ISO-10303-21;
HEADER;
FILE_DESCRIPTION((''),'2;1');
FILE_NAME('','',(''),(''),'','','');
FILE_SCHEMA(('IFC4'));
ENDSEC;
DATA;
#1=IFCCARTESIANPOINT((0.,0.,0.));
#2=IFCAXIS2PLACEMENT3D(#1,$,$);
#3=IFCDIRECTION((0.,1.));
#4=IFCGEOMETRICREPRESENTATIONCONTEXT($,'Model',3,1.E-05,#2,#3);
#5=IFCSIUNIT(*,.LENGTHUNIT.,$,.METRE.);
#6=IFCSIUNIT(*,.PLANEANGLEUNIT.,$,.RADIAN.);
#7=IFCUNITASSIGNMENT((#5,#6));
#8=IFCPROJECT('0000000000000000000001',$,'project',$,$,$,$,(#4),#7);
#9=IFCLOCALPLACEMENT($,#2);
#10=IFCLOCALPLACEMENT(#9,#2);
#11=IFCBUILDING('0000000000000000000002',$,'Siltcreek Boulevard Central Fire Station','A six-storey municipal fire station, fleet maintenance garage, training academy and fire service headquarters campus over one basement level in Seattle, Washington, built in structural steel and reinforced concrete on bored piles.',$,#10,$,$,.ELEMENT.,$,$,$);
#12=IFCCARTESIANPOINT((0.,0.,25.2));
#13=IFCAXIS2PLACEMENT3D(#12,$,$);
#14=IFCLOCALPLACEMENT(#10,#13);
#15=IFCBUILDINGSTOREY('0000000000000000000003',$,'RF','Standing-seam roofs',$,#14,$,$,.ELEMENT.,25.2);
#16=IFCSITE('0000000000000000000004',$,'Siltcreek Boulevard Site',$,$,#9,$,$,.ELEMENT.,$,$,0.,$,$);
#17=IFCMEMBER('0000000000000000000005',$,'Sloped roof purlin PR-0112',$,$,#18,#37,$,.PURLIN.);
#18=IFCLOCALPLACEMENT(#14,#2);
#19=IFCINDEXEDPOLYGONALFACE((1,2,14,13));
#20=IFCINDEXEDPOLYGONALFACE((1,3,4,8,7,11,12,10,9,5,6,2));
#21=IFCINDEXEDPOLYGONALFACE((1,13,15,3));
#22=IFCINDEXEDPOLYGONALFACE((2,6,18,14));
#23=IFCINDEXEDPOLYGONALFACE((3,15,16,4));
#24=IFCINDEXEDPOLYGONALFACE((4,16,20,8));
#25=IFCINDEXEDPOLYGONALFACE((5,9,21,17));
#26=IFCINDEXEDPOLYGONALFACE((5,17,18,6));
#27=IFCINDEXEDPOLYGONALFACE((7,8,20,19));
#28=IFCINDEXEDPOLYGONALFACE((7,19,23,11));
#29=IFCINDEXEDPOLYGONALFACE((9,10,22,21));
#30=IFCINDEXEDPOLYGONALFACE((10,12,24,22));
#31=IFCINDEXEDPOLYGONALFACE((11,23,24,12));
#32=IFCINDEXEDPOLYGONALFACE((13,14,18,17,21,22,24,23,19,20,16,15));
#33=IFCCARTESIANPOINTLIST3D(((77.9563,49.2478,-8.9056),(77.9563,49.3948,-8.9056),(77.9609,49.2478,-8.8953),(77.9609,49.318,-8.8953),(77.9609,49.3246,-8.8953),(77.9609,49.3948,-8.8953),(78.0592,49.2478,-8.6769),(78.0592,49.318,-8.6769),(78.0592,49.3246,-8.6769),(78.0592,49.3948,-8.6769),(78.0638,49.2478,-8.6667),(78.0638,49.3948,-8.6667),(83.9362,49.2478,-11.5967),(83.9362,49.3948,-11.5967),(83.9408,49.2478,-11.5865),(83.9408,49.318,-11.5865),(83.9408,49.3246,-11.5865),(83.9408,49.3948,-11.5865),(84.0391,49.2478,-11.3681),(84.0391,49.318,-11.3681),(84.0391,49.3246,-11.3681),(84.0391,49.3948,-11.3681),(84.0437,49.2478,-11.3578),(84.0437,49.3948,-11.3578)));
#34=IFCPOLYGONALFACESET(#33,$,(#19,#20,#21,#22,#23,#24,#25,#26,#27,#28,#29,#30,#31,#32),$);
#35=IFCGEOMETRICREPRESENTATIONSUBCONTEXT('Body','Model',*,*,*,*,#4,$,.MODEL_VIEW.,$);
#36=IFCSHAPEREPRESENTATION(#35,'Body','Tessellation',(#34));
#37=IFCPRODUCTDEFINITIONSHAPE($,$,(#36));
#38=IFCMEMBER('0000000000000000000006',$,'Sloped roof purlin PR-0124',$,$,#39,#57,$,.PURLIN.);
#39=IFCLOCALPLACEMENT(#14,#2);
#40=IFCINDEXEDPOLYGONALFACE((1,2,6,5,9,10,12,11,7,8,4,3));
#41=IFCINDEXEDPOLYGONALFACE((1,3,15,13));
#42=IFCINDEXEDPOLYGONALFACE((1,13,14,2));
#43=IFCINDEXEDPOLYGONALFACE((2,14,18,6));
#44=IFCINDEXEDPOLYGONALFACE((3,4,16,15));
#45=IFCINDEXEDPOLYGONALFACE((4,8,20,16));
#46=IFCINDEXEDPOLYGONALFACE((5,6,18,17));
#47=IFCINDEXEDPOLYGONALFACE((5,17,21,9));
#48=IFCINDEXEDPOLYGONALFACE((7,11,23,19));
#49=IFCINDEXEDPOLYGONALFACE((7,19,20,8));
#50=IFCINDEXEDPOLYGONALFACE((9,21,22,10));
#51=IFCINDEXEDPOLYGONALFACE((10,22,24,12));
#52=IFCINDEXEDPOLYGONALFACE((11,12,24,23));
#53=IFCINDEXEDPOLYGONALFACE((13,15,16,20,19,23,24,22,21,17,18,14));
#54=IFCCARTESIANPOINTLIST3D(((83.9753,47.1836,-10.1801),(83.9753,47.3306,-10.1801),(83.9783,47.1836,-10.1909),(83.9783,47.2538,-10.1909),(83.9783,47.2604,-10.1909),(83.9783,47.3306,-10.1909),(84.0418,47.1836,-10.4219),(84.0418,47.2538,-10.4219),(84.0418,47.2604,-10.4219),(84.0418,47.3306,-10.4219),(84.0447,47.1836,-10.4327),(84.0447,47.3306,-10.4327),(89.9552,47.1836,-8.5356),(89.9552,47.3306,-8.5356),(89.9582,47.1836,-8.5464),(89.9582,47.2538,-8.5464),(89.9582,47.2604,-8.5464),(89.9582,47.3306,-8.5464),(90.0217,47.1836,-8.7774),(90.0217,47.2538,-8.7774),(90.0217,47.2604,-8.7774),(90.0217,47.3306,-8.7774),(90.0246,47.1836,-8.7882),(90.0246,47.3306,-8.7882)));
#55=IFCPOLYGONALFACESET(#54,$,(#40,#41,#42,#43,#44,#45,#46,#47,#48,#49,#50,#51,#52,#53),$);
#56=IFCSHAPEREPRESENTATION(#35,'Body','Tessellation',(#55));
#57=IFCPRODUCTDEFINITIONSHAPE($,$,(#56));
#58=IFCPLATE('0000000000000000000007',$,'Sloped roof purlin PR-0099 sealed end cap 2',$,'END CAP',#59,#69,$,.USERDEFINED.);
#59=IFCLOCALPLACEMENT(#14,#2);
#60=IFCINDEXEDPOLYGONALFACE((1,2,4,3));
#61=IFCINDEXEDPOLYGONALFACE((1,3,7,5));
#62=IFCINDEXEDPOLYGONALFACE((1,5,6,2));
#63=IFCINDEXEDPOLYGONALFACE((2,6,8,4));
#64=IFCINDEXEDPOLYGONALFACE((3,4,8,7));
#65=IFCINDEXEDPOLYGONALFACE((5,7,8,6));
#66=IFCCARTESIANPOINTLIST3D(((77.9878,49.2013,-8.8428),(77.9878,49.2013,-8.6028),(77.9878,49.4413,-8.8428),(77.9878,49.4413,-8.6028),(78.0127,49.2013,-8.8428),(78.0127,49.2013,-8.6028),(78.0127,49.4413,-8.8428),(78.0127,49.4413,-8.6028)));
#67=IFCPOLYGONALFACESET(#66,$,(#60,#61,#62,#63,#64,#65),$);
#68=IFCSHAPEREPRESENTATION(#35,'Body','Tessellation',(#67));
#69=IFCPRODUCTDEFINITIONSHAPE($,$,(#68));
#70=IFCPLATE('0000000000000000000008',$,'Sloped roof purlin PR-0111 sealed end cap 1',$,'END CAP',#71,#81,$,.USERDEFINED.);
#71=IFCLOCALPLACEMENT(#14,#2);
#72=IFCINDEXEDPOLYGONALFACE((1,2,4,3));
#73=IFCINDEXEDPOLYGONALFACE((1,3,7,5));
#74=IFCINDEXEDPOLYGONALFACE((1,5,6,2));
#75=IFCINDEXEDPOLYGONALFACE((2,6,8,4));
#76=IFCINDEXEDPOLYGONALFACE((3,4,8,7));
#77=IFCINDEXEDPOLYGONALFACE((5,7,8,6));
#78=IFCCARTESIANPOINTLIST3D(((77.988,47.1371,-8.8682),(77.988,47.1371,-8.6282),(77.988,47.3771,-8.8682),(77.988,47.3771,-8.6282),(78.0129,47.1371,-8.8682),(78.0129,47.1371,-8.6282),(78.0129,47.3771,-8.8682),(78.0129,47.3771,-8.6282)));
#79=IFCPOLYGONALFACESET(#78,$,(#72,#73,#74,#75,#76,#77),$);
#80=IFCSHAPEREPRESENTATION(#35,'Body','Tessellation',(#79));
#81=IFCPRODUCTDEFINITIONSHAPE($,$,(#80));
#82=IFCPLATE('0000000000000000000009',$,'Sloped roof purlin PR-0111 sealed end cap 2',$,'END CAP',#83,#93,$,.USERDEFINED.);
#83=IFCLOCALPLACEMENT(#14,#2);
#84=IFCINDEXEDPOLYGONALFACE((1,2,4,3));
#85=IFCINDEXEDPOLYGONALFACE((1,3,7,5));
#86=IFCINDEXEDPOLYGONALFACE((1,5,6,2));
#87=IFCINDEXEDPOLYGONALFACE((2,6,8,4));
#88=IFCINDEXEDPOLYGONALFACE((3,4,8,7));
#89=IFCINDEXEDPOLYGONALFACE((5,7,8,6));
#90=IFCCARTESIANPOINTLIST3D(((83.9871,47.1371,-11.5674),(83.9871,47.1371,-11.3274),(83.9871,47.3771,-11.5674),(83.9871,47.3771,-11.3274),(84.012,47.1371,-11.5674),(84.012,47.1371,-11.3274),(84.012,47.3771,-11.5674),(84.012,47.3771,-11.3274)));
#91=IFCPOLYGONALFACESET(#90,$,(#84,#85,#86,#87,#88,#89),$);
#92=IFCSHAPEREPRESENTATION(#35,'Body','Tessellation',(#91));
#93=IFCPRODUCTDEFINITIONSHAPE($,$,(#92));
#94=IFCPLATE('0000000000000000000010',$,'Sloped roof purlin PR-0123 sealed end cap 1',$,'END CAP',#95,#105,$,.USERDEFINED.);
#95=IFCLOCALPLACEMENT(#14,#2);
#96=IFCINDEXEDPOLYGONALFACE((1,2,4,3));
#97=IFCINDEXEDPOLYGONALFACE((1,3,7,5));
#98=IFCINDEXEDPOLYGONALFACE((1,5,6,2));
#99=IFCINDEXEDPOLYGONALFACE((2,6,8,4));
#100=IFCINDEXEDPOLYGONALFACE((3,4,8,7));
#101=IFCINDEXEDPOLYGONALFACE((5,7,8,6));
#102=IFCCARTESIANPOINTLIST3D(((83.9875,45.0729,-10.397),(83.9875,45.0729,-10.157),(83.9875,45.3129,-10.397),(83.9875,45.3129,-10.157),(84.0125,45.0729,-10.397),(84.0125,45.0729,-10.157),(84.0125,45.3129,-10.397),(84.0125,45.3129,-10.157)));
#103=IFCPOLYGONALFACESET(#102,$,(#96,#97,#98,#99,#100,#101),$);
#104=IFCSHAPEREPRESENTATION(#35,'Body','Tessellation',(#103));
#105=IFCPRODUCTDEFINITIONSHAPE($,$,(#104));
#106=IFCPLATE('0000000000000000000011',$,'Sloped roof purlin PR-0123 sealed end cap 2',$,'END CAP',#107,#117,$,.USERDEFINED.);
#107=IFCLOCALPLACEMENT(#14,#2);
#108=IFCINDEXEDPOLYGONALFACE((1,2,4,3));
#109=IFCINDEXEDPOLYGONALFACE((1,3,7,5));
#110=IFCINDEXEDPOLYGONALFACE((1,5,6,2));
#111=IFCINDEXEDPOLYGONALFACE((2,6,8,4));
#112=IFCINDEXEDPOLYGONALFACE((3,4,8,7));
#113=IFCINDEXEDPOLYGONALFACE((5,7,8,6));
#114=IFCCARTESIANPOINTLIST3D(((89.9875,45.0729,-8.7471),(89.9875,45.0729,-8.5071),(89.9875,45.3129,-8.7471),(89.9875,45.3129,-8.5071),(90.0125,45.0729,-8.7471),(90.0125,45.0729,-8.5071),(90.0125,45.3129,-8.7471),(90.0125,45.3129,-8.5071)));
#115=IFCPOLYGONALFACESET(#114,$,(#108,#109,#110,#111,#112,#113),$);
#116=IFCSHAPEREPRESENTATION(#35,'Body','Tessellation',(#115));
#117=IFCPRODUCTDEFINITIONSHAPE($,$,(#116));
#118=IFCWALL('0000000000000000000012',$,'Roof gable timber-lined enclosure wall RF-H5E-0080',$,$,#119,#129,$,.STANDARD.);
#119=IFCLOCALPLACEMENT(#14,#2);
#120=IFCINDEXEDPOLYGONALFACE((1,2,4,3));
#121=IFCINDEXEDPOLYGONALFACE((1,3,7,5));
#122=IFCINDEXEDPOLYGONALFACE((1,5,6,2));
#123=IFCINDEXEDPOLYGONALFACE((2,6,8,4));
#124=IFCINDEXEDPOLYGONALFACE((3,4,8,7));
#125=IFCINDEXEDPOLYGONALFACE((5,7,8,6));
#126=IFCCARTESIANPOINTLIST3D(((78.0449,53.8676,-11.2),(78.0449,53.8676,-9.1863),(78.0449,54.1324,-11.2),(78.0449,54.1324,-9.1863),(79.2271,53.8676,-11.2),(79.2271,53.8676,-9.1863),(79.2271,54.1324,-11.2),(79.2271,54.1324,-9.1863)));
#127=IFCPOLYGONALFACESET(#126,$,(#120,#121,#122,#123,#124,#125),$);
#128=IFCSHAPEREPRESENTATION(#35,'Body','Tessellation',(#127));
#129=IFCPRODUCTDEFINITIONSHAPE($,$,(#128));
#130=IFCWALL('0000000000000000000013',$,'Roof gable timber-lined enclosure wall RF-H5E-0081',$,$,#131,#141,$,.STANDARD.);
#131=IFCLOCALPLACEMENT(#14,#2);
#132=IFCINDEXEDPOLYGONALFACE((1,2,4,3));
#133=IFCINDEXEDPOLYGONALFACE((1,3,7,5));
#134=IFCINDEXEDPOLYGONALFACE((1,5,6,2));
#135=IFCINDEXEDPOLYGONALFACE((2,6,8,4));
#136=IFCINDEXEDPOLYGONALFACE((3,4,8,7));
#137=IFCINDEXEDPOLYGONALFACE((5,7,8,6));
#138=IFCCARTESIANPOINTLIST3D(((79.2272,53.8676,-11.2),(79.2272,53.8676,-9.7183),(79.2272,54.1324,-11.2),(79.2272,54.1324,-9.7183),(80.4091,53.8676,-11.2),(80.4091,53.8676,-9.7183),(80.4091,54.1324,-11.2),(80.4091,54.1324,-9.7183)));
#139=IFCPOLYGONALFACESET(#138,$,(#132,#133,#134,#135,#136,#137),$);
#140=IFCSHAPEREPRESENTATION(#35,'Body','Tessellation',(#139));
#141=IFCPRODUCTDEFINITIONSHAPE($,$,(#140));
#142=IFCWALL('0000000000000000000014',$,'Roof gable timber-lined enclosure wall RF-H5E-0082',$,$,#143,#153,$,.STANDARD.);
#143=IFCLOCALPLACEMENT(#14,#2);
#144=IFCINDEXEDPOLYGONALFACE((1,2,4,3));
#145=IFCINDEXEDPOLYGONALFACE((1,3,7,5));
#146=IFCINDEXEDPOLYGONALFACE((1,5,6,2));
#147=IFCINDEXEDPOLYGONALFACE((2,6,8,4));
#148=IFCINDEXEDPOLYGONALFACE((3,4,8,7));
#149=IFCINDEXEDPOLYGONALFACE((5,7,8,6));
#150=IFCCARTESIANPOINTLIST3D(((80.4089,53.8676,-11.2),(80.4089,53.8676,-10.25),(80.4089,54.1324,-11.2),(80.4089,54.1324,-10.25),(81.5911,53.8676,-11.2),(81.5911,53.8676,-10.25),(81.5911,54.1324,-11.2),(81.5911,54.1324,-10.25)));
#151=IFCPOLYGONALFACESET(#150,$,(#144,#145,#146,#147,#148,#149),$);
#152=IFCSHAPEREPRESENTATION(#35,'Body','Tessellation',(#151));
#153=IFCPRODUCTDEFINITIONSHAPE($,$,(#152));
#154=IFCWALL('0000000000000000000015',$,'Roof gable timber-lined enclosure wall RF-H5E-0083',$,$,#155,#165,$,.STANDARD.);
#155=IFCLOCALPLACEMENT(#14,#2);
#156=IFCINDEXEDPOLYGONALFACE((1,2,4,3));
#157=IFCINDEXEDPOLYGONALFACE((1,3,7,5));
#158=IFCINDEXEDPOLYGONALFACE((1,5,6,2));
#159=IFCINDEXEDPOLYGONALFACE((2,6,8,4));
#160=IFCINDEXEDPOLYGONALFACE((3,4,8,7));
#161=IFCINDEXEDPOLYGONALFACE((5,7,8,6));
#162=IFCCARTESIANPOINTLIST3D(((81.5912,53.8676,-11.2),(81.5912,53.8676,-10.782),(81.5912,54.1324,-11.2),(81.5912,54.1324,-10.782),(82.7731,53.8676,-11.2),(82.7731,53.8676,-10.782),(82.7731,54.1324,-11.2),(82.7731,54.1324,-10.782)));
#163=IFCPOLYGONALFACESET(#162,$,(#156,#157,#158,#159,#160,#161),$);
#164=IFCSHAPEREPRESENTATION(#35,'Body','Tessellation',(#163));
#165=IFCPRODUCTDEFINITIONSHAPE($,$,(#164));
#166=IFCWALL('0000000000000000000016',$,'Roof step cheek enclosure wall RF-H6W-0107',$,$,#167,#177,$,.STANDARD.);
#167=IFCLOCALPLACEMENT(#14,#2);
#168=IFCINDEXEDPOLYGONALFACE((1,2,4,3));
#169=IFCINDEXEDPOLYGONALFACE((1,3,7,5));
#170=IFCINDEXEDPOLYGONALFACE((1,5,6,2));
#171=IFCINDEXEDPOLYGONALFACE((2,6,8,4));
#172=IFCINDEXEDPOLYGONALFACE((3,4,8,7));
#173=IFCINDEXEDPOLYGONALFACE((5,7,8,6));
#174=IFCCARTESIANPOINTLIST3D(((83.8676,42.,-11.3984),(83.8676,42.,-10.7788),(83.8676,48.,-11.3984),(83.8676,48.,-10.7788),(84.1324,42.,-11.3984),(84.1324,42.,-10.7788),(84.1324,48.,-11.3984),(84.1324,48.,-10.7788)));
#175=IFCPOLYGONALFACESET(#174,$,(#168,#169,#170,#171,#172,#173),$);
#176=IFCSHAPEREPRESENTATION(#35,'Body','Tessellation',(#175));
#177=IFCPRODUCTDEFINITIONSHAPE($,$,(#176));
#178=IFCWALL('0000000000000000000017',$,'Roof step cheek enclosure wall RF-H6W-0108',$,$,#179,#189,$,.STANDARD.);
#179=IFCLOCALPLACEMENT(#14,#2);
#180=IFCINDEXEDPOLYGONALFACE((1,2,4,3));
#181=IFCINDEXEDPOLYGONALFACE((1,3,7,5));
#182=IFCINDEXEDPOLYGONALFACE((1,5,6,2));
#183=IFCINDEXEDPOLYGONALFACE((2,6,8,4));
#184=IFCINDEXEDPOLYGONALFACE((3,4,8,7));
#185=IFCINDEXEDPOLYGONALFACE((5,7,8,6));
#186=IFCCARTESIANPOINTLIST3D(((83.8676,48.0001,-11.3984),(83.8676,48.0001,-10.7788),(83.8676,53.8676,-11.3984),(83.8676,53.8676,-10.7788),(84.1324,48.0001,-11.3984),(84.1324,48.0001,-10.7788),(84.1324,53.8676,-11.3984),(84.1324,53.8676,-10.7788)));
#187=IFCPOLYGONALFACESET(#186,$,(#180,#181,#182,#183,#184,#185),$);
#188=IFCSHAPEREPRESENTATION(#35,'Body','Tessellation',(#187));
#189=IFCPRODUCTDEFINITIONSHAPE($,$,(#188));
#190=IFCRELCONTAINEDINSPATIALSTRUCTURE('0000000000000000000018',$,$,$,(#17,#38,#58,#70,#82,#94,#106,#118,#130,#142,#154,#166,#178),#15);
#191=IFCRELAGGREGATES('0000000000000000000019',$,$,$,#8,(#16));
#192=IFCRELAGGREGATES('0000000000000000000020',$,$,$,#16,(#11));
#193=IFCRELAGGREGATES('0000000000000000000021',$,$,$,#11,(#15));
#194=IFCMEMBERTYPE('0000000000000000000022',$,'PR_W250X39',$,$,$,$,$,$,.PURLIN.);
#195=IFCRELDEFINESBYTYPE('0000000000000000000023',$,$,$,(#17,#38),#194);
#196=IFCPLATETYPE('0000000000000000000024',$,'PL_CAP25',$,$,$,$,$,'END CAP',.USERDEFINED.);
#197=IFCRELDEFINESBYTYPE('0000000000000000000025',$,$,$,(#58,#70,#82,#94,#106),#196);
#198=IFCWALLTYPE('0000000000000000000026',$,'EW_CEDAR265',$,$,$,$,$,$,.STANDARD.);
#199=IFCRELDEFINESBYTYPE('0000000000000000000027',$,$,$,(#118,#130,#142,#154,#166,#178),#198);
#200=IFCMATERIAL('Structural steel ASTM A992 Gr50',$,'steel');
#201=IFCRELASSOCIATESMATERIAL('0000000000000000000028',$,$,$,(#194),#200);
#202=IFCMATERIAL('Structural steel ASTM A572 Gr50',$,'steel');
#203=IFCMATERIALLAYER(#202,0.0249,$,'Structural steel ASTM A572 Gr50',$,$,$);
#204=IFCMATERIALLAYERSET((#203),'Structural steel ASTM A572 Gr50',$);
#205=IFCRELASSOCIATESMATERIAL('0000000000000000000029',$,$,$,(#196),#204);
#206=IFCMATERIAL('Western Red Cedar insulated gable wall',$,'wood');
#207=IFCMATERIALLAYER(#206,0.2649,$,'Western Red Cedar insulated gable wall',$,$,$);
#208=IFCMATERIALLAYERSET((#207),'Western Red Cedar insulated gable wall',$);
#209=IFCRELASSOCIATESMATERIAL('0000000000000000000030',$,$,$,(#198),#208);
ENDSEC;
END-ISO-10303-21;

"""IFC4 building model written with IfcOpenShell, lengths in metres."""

from ifc_helpers import new_model, si_unit, direction, frame, frame_2d, origin, origin_2d, place, context, subcontext, project, spatial, rectangle, i_section, extrude, material, layer, layer_set, material_profile, profile_set, type_object, element, save


model = new_model("IFC4")

# Units and contexts
model_context = context("Model", 3, precision=1e-05, world=origin(), true_north=direction((0.0, 1.0)))
body_context = subcontext(model_context, "Body", "Model", "MODEL_VIEW")
ifc_project = project(units=[si_unit("LENGTHUNIT", "METRE"), si_unit("PLANEANGLEUNIT", "RADIAN")], contexts=[model_context])

# Site, building, storey
site_placement = place(None, origin())
site = spatial("IfcSite", under=ifc_project, at=site_placement, Name="Siltcreek Boulevard Site", CompositionType="ELEMENT", RefElevation=0.0)
building_placement = place(site_placement, origin())
building = spatial("IfcBuilding", under=site, at=building_placement, Name="Siltcreek Boulevard Central Fire Station", Description="A six-storey municipal fire station, fleet maintenance garage, training academy and fire service headquarters campus over one basement level in Seattle, Washington, built in structural steel and reinforced concrete on bored piles.", CompositionType="ELEMENT")
storey_placement = place(building_placement, frame((0.0, 0.0, 25.2)))
storey = spatial("IfcBuildingStorey", under=building, at=storey_placement, Name="RF", Description="Standing-seam roofs", CompositionType="ELEMENT", Elevation=25.2)

# Members
ifc_material_1 = material(Name="Structural steel ASTM A992 Gr50", Category="steel")
ifc_material_profile_1 = material_profile(ifc_material_1, i_section(OverallWidth=0.147, OverallDepth=0.262, WebThickness=0.0066, FlangeThickness=0.0112, at=origin_2d()), Name="W250X39")
ifc_profile_set_1 = profile_set([ifc_material_profile_1], Name="Structural steel ASTM A992 Gr50")
member_type_1 = type_object("IfcMemberType", Name="PR_W250X39", PredefinedType="PURLIN", material=ifc_profile_set_1)
member_1_placement = place(storey_placement, frame((78.01, 49.3213, -8.7861), z_axis=(0.911912, 0.0, -0.410386), x_axis=(0.0, 1.0, 0.0)))
element("IfcMember", 1, at=member_1_placement, inside=storey, type_object=member_type_1, Name="Sloped roof purlin PR-0112", PredefinedType="PURLIN", context=body_context, shape_type="SweptSolid", body=[
    extrude(i_section(OverallWidth=0.147, OverallDepth=0.262, WebThickness=0.0066, FlangeThickness=0.0112, at=origin_2d()), origin(), (0.0, 0.0, 1.0), 6.5576),
])
member_2_placement = place(storey_placement, frame((84.01, 47.2571, -10.3064), z_axis=(0.964204, 0.0, 0.265162), x_axis=(0.0, 1.0, 0.0)))
element("IfcMember", 2, at=member_2_placement, inside=storey, type_object=member_type_1, Name="Sloped roof purlin PR-0124", PredefinedType="PURLIN", context=body_context, shape_type="SweptSolid", body=[
    extrude(i_section(OverallWidth=0.147, OverallDepth=0.262, WebThickness=0.0066, FlangeThickness=0.0112, at=origin_2d()), origin(), (0.0, 0.0, 1.0), 6.2019),
])

# Plates
ifc_material_2 = material(Name="Structural steel ASTM A572 Gr50", Category="steel")
ifc_layer_1 = layer(ifc_material_2, 0.0249, Name="Structural steel ASTM A572 Gr50")
ifc_layer_set_1 = layer_set([ifc_layer_1], Name="Structural steel ASTM A572 Gr50")
plate_type = type_object("IfcPlateType", Name="PL_CAP25", ElementType="END CAP", PredefinedType="USERDEFINED", material=ifc_layer_set_1)
for number, where, z_axis, x_axis, name in (
    (3, (78.0002, 49.3213, -8.8428), (0.0, 0.0, 1.0), (1.0, 0.0, 0.0), "Sloped roof purlin PR-0099 sealed end cap 2"),
    (4, (78.0005, 47.2571, -8.8682), (0.0, 0.0, 1.0), (1.0, 0.0, 0.0), "Sloped roof purlin PR-0111 sealed end cap 1"),
    (5, (83.9995, 47.2571, -11.5674), (0.0, 0.0, 1.0), (1.0, 0.0, 0.0), "Sloped roof purlin PR-0111 sealed end cap 2"),
    (6, (84.0, 45.1929, -10.397), (0.0, 0.0, 1.0), (1.0, 0.0, 0.0), "Sloped roof purlin PR-0123 sealed end cap 1"),
    (7, (90.0, 45.1929, -8.7471), (0.0, 0.0, 1.0), (1.0, 0.0, 0.0), "Sloped roof purlin PR-0123 sealed end cap 2"),
):
    element("IfcPlate", number, at=place(storey_placement, frame(where, z_axis=z_axis, x_axis=x_axis)), inside=storey, type_object=plate_type, Name=name, ObjectType="END CAP", PredefinedType="USERDEFINED", context=body_context, shape_type="SweptSolid", body=[
        extrude(rectangle(XDim=0.0249, YDim=0.24, at=origin_2d()), origin(), (0.0, 0.0, 1.0), 0.24),
    ])

# Walls
ifc_material_3 = material(Name="Western Red Cedar insulated gable wall", Category="wood")
ifc_layer_2 = layer(ifc_material_3, 0.2649, Name="Western Red Cedar insulated gable wall")
ifc_layer_set_2 = layer_set([ifc_layer_2], Name="Western Red Cedar insulated gable wall")
wall_type = type_object("IfcWallType", Name="EW_CEDAR265", PredefinedType="STANDARD", material=ifc_layer_set_2)
wall_1_placement = place(storey_placement, frame((79.2271, 54.0, -11.2), z_axis=(0.0, 0.0, 1.0), x_axis=(-1.0, 0.0, 0.0)))
element("IfcWall", 8, at=wall_1_placement, inside=storey, type_object=wall_type, Name="Roof gable timber-lined enclosure wall RF-H5E-0080", PredefinedType="STANDARD", context=body_context, shape_type="SweptSolid", body=[
    extrude(rectangle(XDim=1.1821, YDim=0.2649, at=frame_2d((0.5911, 0.0))), origin(), (0.0, 0.0, 1.0), 2.0137),
])
wall_2_placement = place(storey_placement, frame((80.4089, 54.0, -11.2), z_axis=(0.0, 0.0, 1.0), x_axis=(-1.0, 0.0, 0.0)))
element("IfcWall", 9, at=wall_2_placement, inside=storey, type_object=wall_type, Name="Roof gable timber-lined enclosure wall RF-H5E-0081", PredefinedType="STANDARD", context=body_context, shape_type="SweptSolid", body=[
    extrude(rectangle(XDim=1.1819, YDim=0.2649, at=frame_2d((0.5908, 0.0))), origin(), (0.0, 0.0, 1.0), 1.4817),
])
wall_3_placement = place(storey_placement, frame((81.5911, 54.0, -11.2), z_axis=(0.0, 0.0, 1.0), x_axis=(-1.0, 0.0, 0.0)))
element("IfcWall", 10, at=wall_3_placement, inside=storey, type_object=wall_type, Name="Roof gable timber-lined enclosure wall RF-H5E-0082", PredefinedType="STANDARD", context=body_context, shape_type="SweptSolid", body=[
    extrude(rectangle(XDim=1.1821, YDim=0.2649, at=frame_2d((0.5911, 0.0))), origin(), (0.0, 0.0, 1.0), 0.95),
])
wall_4_placement = place(storey_placement, frame((82.7729, 54.0, -11.2), z_axis=(0.0, 0.0, 1.0), x_axis=(-1.0, 0.0, 0.0)))
element("IfcWall", 11, at=wall_4_placement, inside=storey, type_object=wall_type, Name="Roof gable timber-lined enclosure wall RF-H5E-0083", PredefinedType="STANDARD", context=body_context, shape_type="SweptSolid", body=[
    extrude(rectangle(XDim=1.1819, YDim=0.2649, at=frame_2d((0.5908, 0.0))), origin(), (0.0, 0.0, 1.0), 0.418),
])
wall_5_placement = place(storey_placement, frame((84.0, 48.0, -11.3984), z_axis=(0.0, 0.0, 1.0), x_axis=(0.0, -1.0, 0.0)))
element("IfcWall", 12, at=wall_5_placement, inside=storey, type_object=wall_type, Name="Roof step cheek enclosure wall RF-H6W-0107", PredefinedType="STANDARD", context=body_context, shape_type="SweptSolid", body=[
    extrude(rectangle(XDim=6.0, YDim=0.2649, at=frame_2d((3.0, 0.0))), origin(), (0.0, 0.0, 1.0), 0.6196),
])
wall_6_placement = place(storey_placement, frame((84.0, 53.8674, -11.3984), z_axis=(0.0, 0.0, 1.0), x_axis=(0.0, -1.0, 0.0)))
element("IfcWall", 13, at=wall_6_placement, inside=storey, type_object=wall_type, Name="Roof step cheek enclosure wall RF-H6W-0108", PredefinedType="STANDARD", context=body_context, shape_type="SweptSolid", body=[
    extrude(rectangle(XDim=5.8674, YDim=0.2649, at=frame_2d((2.9336, 0.0))), origin(), (0.0, 0.0, 1.0), 0.6196),
])

save(model, "model.ifc")
